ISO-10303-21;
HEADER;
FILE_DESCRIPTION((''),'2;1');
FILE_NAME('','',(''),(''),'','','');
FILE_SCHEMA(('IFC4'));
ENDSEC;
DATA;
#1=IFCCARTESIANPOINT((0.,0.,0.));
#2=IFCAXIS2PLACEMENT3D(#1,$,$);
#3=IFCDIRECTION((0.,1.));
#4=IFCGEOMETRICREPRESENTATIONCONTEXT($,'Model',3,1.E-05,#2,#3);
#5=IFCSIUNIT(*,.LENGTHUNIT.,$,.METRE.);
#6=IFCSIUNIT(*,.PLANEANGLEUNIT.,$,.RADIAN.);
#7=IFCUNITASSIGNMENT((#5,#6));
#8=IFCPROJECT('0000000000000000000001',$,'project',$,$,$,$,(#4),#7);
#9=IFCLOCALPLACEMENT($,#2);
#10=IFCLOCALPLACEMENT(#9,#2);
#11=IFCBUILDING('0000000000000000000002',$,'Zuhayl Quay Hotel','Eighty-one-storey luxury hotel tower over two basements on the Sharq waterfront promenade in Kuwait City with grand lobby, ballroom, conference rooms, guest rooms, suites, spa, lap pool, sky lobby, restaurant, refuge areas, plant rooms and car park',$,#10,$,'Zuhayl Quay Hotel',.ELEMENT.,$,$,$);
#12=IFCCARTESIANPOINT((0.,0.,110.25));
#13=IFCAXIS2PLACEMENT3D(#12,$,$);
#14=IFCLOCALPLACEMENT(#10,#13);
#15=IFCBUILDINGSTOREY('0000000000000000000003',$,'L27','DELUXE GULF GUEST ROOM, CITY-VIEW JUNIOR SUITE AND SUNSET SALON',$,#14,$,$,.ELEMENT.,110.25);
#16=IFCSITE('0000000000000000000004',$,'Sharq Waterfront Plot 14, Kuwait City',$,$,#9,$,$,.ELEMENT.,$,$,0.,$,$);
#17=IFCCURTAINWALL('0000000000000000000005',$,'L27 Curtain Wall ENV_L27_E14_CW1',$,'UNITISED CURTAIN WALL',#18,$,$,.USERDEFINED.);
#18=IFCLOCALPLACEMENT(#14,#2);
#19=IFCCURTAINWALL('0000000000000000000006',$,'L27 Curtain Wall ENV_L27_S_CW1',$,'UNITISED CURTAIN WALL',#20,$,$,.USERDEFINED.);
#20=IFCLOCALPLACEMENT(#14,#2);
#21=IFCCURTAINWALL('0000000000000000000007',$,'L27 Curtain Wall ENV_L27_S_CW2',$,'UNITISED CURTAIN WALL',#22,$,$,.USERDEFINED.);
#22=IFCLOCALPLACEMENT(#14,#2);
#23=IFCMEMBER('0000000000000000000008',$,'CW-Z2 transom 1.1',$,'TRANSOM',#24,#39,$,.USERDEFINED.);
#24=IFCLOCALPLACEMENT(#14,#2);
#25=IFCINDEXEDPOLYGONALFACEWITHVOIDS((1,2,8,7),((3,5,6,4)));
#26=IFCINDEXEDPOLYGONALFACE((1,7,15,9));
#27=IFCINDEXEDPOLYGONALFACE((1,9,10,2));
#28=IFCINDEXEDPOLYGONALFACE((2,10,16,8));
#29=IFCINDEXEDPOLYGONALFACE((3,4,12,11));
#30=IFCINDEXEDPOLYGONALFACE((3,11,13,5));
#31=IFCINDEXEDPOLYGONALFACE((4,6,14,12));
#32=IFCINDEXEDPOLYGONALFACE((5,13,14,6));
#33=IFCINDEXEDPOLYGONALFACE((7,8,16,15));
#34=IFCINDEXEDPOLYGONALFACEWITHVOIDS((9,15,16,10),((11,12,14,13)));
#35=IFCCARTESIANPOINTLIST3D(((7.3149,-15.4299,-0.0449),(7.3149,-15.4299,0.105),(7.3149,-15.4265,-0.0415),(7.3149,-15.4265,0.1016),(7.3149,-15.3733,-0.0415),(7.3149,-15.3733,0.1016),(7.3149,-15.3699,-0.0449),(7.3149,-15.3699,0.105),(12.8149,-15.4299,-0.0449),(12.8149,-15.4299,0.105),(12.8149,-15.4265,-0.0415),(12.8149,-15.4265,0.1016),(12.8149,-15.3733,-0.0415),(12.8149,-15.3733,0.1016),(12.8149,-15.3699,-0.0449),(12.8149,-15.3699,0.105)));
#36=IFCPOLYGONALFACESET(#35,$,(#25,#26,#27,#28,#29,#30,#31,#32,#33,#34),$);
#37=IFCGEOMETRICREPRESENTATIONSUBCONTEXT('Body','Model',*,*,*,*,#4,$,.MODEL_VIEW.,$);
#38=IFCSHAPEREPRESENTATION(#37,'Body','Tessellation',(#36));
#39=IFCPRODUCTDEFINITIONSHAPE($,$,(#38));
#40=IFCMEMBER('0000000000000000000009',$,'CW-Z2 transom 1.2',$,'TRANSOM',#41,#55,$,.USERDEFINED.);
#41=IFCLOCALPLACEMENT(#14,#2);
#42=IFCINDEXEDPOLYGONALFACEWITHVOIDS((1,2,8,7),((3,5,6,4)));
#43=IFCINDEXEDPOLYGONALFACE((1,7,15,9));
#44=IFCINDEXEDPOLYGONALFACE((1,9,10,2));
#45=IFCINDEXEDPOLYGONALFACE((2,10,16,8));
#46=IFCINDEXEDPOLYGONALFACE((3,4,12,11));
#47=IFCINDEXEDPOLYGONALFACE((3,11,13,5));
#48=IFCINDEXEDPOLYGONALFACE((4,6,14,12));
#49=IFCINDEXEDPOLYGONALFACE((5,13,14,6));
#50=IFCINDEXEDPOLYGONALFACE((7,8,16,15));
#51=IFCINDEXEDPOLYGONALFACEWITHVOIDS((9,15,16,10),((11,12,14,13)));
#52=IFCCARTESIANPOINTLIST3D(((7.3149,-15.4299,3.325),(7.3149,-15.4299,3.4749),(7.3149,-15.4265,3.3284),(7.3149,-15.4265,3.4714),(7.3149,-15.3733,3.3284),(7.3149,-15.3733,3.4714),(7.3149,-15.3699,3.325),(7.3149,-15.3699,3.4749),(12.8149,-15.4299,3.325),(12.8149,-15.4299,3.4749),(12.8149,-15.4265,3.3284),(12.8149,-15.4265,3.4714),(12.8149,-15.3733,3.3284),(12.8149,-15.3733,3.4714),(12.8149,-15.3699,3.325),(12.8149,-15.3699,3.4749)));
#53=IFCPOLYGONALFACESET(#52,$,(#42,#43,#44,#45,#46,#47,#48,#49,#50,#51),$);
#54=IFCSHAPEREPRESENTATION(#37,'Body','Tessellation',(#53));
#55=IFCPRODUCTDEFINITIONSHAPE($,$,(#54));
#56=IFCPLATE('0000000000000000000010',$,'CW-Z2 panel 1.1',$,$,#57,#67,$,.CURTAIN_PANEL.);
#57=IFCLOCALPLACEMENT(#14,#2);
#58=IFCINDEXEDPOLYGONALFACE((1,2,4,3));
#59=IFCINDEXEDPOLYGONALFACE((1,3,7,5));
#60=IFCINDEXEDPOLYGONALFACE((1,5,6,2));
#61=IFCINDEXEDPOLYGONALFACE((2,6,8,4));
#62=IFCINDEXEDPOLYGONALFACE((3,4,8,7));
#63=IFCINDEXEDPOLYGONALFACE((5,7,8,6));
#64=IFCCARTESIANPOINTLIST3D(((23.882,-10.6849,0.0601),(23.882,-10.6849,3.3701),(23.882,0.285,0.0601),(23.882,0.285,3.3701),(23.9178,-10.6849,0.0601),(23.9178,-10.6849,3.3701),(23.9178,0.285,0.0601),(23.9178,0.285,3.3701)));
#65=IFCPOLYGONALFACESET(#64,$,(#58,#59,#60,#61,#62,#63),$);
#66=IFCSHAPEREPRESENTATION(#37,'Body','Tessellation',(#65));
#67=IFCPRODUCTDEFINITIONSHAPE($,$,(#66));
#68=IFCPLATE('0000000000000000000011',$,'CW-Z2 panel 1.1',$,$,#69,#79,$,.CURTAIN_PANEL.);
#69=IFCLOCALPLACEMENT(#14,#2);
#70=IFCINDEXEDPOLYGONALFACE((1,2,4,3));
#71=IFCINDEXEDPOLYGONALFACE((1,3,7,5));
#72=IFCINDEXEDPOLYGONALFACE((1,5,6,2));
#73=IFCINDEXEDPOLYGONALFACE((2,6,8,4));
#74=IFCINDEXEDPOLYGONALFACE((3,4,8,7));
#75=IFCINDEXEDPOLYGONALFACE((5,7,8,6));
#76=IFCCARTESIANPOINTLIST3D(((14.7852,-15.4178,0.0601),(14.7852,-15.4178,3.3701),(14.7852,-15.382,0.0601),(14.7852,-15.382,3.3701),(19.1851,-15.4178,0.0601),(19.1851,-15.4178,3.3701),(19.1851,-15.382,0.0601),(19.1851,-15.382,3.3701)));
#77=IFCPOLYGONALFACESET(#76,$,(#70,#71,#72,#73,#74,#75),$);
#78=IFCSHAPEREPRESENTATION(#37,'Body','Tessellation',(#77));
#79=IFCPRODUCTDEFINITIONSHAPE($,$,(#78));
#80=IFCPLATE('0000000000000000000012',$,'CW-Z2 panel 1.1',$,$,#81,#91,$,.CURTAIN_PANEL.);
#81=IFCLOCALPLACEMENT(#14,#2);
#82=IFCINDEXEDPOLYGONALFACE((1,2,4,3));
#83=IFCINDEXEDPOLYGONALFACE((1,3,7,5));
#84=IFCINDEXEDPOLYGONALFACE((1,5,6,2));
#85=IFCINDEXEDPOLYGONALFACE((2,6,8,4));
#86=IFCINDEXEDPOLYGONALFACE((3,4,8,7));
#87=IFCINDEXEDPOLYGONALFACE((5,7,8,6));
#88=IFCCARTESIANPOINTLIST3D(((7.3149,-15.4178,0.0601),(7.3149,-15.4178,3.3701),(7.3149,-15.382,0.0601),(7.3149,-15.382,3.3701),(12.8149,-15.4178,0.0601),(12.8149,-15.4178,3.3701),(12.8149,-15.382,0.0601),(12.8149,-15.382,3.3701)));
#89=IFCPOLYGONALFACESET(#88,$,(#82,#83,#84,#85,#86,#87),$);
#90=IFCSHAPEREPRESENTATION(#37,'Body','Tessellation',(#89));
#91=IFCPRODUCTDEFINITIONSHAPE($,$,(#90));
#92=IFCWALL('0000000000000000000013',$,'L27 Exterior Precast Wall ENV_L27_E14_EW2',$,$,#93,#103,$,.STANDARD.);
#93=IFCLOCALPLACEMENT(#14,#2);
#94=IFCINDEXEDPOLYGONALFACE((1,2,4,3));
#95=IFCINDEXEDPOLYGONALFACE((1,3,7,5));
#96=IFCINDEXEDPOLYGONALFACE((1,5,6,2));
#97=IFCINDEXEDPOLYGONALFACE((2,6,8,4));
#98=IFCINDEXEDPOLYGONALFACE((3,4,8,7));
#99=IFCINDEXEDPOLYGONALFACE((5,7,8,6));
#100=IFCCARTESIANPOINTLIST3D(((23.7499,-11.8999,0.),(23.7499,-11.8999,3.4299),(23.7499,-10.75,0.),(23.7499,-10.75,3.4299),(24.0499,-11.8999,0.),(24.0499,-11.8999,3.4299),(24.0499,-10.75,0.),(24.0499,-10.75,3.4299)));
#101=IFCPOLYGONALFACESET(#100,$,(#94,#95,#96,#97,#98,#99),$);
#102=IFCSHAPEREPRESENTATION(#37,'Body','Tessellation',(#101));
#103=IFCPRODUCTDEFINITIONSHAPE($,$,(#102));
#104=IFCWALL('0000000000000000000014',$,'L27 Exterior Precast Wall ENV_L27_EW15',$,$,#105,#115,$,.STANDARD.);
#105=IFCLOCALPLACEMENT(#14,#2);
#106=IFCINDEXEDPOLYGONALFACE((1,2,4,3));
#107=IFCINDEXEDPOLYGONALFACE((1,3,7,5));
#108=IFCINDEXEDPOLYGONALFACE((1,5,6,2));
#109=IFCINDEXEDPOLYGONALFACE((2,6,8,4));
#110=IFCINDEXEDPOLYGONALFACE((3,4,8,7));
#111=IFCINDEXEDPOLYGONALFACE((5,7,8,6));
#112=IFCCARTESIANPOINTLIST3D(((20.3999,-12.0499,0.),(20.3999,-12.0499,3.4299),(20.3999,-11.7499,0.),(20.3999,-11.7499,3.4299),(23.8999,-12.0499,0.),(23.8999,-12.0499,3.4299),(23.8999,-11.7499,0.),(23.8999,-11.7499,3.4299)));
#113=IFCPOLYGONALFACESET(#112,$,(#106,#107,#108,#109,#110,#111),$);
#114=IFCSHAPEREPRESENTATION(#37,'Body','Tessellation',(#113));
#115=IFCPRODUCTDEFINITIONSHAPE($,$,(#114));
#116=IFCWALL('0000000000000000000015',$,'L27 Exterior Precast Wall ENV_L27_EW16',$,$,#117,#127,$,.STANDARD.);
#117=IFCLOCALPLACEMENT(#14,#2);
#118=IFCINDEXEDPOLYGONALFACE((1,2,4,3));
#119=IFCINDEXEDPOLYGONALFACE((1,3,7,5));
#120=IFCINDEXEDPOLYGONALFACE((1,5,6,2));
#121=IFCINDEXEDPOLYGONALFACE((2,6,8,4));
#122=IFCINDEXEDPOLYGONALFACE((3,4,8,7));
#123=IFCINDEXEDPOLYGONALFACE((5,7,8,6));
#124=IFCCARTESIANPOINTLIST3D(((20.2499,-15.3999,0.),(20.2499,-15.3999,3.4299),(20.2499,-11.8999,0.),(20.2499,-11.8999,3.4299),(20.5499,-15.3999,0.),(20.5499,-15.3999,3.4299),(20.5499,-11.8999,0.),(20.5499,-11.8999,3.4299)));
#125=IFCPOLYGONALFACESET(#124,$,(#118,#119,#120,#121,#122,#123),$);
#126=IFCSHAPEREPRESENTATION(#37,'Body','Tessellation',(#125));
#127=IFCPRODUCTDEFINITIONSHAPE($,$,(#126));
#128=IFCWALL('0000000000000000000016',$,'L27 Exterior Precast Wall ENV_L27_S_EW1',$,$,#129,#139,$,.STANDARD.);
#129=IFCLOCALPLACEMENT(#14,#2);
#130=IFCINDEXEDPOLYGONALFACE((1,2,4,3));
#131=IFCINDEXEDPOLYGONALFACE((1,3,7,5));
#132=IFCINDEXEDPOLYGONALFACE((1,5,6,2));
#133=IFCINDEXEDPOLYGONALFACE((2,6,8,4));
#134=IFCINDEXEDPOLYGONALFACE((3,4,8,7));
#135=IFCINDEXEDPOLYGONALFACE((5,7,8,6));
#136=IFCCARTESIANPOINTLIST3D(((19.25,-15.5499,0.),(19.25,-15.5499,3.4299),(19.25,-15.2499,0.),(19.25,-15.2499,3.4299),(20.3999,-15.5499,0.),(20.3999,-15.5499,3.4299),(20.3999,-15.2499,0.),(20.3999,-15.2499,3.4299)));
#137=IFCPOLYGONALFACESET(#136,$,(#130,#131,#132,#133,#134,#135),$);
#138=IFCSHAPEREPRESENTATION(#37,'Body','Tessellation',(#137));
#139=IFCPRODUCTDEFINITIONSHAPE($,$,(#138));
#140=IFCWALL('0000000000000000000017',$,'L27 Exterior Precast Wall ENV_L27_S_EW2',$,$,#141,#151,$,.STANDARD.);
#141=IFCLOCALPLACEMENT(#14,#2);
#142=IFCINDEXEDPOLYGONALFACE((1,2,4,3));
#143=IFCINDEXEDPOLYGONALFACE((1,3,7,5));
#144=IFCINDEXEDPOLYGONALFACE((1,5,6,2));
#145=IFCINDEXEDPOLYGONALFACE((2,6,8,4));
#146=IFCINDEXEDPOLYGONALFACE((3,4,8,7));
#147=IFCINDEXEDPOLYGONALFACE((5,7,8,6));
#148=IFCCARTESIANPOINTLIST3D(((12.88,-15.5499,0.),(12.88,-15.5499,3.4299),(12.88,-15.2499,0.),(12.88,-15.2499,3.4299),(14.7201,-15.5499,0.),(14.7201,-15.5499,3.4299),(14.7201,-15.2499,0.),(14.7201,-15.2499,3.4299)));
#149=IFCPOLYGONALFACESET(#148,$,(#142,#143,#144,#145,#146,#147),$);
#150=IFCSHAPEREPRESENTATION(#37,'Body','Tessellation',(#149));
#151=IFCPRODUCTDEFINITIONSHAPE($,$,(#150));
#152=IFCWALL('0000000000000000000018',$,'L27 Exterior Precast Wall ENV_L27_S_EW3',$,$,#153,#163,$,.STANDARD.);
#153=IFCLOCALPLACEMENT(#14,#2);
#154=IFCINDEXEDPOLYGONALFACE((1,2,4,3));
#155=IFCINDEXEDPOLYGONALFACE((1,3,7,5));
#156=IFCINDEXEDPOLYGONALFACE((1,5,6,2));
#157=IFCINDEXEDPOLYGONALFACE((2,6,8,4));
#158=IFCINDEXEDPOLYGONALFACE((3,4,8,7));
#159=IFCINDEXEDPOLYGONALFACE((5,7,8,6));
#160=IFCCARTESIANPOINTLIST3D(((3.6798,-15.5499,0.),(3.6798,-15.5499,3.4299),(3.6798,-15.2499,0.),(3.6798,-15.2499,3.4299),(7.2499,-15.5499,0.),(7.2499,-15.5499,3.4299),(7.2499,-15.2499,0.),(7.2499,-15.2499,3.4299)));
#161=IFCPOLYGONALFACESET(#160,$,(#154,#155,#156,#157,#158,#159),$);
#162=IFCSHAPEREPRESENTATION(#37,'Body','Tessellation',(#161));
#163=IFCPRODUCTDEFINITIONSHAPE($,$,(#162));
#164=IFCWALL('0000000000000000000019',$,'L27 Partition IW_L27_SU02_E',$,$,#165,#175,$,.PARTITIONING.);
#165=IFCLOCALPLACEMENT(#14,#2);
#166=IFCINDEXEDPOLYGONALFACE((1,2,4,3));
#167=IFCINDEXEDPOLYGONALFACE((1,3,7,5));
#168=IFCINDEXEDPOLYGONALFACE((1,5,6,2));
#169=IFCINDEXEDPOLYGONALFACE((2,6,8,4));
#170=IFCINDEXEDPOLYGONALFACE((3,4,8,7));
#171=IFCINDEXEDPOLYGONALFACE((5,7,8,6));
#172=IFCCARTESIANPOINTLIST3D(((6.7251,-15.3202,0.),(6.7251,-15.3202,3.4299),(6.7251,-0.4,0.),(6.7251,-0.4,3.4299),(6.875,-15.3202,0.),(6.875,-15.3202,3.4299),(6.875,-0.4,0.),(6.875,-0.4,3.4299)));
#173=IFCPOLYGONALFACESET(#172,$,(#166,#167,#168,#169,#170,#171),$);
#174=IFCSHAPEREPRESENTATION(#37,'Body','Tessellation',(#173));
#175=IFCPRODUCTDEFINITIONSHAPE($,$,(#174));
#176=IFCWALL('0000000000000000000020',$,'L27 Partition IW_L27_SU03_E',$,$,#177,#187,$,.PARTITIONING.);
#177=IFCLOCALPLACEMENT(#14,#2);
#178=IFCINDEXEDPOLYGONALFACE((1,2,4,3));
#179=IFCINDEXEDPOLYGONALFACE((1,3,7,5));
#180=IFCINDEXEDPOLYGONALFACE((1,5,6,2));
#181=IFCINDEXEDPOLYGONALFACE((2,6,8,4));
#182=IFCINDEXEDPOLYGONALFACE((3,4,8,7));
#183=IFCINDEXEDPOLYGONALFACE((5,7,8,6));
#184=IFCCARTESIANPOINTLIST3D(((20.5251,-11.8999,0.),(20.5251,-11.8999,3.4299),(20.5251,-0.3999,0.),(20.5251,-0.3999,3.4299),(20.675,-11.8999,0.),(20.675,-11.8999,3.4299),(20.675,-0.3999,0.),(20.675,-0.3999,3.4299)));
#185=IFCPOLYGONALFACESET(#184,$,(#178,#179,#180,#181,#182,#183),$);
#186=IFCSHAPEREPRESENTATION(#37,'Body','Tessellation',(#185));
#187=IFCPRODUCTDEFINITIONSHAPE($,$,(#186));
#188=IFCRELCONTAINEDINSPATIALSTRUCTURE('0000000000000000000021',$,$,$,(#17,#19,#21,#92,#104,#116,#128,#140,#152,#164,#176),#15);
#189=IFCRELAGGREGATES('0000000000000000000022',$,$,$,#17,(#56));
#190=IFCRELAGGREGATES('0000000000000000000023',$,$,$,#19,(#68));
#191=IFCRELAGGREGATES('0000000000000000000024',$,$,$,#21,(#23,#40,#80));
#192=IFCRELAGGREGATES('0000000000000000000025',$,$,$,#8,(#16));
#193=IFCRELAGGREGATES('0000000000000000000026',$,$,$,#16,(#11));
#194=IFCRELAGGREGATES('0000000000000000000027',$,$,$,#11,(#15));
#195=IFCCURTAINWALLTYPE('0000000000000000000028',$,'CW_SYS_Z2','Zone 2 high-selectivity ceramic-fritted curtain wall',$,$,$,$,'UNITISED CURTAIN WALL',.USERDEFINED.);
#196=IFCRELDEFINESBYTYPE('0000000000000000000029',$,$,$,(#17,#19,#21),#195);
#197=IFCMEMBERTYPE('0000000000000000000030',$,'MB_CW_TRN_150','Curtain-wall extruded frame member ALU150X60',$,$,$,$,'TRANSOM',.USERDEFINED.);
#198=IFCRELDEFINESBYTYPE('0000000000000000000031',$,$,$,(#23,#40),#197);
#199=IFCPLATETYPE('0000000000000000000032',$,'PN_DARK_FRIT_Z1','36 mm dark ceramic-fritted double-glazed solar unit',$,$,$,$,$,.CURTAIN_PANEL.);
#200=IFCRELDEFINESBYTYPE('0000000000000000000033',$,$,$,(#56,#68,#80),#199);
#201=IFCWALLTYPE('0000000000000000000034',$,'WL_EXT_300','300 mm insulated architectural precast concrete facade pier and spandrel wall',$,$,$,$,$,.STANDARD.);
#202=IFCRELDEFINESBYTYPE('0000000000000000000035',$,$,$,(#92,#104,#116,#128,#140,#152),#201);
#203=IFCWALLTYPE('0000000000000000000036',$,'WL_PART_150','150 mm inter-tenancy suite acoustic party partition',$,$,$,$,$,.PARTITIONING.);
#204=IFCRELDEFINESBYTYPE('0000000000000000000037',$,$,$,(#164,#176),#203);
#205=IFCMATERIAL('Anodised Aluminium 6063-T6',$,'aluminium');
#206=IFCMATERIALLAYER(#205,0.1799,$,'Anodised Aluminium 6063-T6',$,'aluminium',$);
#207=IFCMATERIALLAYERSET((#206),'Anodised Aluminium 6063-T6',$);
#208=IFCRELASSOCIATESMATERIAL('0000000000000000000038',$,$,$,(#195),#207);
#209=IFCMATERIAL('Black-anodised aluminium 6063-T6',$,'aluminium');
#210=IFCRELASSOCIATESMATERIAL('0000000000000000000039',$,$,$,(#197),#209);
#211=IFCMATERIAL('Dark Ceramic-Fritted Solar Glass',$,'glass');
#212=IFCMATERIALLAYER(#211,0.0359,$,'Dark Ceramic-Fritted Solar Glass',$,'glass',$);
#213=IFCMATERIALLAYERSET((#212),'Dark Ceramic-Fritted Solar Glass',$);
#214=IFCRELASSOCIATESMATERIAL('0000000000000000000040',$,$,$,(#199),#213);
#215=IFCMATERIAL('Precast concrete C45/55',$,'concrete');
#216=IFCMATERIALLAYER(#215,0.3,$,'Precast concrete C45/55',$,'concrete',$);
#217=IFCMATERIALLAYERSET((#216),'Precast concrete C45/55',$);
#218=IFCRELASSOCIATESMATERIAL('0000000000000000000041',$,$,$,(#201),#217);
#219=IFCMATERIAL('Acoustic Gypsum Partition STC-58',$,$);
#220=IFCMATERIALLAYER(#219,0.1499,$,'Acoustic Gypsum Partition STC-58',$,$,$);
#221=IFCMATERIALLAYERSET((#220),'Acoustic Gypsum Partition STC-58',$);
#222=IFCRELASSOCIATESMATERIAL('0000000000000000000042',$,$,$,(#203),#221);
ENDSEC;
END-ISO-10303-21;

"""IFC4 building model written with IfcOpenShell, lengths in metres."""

from ifc_helpers import new_model, si_unit, direction, frame, frame_2d, origin, origin_2d, place, context, subcontext, project, spatial, rectangle, hollow_rectangle, extrude, material, layer, layer_set, material_profile, profile_set, type_object, element, aggregate, save


model = new_model("IFC4")

# Units and contexts
model_context = context("Model", 3, precision=1e-05, world=origin(), true_north=direction((0.0, 1.0)))
body_context = subcontext(model_context, "Body", "Model", "MODEL_VIEW")
ifc_project = project(units=[si_unit("LENGTHUNIT", "METRE"), si_unit("PLANEANGLEUNIT", "RADIAN")], contexts=[model_context])

# Site, building, storey
site_placement = place(None, origin())
site = spatial("IfcSite", under=ifc_project, at=site_placement, Name="Sharq Waterfront Plot 14, Kuwait City", CompositionType="ELEMENT", RefElevation=0.0)
building_placement = place(site_placement, origin())
building = spatial("IfcBuilding", under=site, at=building_placement, Name="Zuhayl Quay Hotel", Description="Eighty-one-storey luxury hotel tower over two basements on the Sharq waterfront promenade in Kuwait City with grand lobby, ballroom, conference rooms, guest rooms, suites, spa, lap pool, sky lobby, restaurant, refuge areas, plant rooms and car park", LongName="Zuhayl Quay Hotel", CompositionType="ELEMENT")
storey_placement = place(building_placement, frame((0.0, 0.0, 110.25)))
storey = spatial("IfcBuildingStorey", under=building, at=storey_placement, Name="L27", Description="DELUXE GULF GUEST ROOM, CITY-VIEW JUNIOR SUITE AND SUNSET SALON", CompositionType="ELEMENT", Elevation=110.25)

# Curtain wall
ifc_material_1 = material(Name="Anodised Aluminium 6063-T6", Category="aluminium")
ifc_layer_1 = layer(ifc_material_1, 0.1799, Name="Anodised Aluminium 6063-T6", Category="aluminium")
ifc_layer_set_1 = layer_set([ifc_layer_1], Name="Anodised Aluminium 6063-T6")
curtain_wall_type = type_object("IfcCurtainWallType", Name="CW_SYS_Z2", Description="Zone 2 high-selectivity ceramic-fritted curtain wall", ElementType="UNITISED CURTAIN WALL", PredefinedType="USERDEFINED", material=ifc_layer_set_1)
curtain_wall_1_placement = place(storey_placement, origin())
curtain_wall_1 = element("IfcCurtainWall", 1, at=curtain_wall_1_placement, inside=storey, type_object=curtain_wall_type, Name="L27 Curtain Wall ENV_L27_E14_CW1", ObjectType="UNITISED CURTAIN WALL", PredefinedType="USERDEFINED")
ifc_material_2 = material(Name="Black-anodised aluminium 6063-T6", Category="aluminium")

# Curtain walls
curtain_wall_2_placement = place(storey_placement, origin())
curtain_wall_2 = element("IfcCurtainWall", 2, at=curtain_wall_2_placement, inside=storey, type_object=curtain_wall_type, Name="L27 Curtain Wall ENV_L27_S_CW1", ObjectType="UNITISED CURTAIN WALL", PredefinedType="USERDEFINED")
curtain_wall_3_placement = place(storey_placement, origin())
curtain_wall_3 = element("IfcCurtainWall", 3, at=curtain_wall_3_placement, inside=storey, type_object=curtain_wall_type, Name="L27 Curtain Wall ENV_L27_S_CW2", ObjectType="UNITISED CURTAIN WALL", PredefinedType="USERDEFINED")

# Members
ifc_material_profile_1 = material_profile(ifc_material_2, hollow_rectangle(XDim=0.0601, YDim=0.1499, WallThickness=0.0034, at=origin_2d()), Name="ALU150X60")
ifc_profile_set_1 = profile_set([ifc_material_profile_1], Name="Black-anodised aluminium 6063-T6")
member_type_1 = type_object("IfcMemberType", Name="MB_CW_TRN_150", Description="Curtain-wall extruded frame member ALU150X60", ElementType="TRANSOM", PredefinedType="USERDEFINED", material=ifc_profile_set_1)
member_1_placement = place(storey_placement, frame((12.8149, -15.3999, 0.03), z_axis=(-1.0, 0.0, 0.0), x_axis=(0.0, -1.0, 0.0)))
member_1 = element("IfcMember", 4, at=member_1_placement, type_object=member_type_1, Name="CW-Z2 transom 1.1", ObjectType="TRANSOM", PredefinedType="USERDEFINED", context=body_context, shape_type="SweptSolid", body=[
    extrude(hollow_rectangle(XDim=0.0601, YDim=0.1499, WallThickness=0.0034, at=origin_2d()), origin(), (0.0, 0.0, 1.0), 5.5),
])
member_2_placement = place(storey_placement, frame((12.8149, -15.3999, 3.3999), z_axis=(-1.0, 0.0, 0.0), x_axis=(0.0, -1.0, 0.0)))
member_2 = element("IfcMember", 5, at=member_2_placement, type_object=member_type_1, Name="CW-Z2 transom 1.2", ObjectType="TRANSOM", PredefinedType="USERDEFINED", context=body_context, shape_type="SweptSolid", body=[
    extrude(hollow_rectangle(XDim=0.0601, YDim=0.1499, WallThickness=0.0034, at=origin_2d()), origin(), (0.0, 0.0, 1.0), 5.5),
])

# Plates
ifc_material_3 = material(Name="Dark Ceramic-Fritted Solar Glass", Category="glass")
ifc_layer_2 = layer(ifc_material_3, 0.0359, Name="Dark Ceramic-Fritted Solar Glass", Category="glass")
ifc_layer_set_2 = layer_set([ifc_layer_2], Name="Dark Ceramic-Fritted Solar Glass")
plate_type = type_object("IfcPlateType", Name="PN_DARK_FRIT_Z1", Description="36 mm dark ceramic-fritted double-glazed solar unit", PredefinedType="CURTAIN_PANEL", material=ifc_layer_set_2)
plate_1_placement = place(storey_placement, frame((23.8999, -5.2, 0.0601), z_axis=(0.0, 0.0, 1.0), x_axis=(0.0, -1.0, 0.0)))
plate_1 = element("IfcPlate", 6, at=plate_1_placement, type_object=plate_type, Name="CW-Z2 panel 1.1", PredefinedType="CURTAIN_PANEL", context=body_context, shape_type="SweptSolid", body=[
    extrude(rectangle(XDim=10.97, YDim=0.0359, at=origin_2d()), origin(), (0.0, 0.0, 1.0), 3.3101),
])
aggregate(curtain_wall_1, [plate_1])
plate_2_placement = place(storey_placement, frame((16.9851, -15.3999, 0.0601), z_axis=(0.0, 0.0, 1.0), x_axis=(-1.0, 0.0, 0.0)))
plate_2 = element("IfcPlate", 7, at=plate_2_placement, type_object=plate_type, Name="CW-Z2 panel 1.1", PredefinedType="CURTAIN_PANEL", context=body_context, shape_type="SweptSolid", body=[
    extrude(rectangle(XDim=4.3999, YDim=0.0359, at=origin_2d()), origin(), (0.0, 0.0, 1.0), 3.3101),
])
aggregate(curtain_wall_2, [plate_2])
plate_3_placement = place(storey_placement, frame((10.0649, -15.3999, 0.0601), z_axis=(0.0, 0.0, 1.0), x_axis=(-1.0, 0.0, 0.0)))
plate_3 = element("IfcPlate", 8, at=plate_3_placement, type_object=plate_type, Name="CW-Z2 panel 1.1", PredefinedType="CURTAIN_PANEL", context=body_context, shape_type="SweptSolid", body=[
    extrude(rectangle(XDim=5.5, YDim=0.0359, at=origin_2d()), origin(), (0.0, 0.0, 1.0), 3.3101),
])
aggregate(curtain_wall_3, [member_1, member_2, plate_3])

# Walls
ifc_material_4 = material(Name="Precast concrete C45/55", Category="concrete")
ifc_layer_3 = layer(ifc_material_4, 0.3, Name="Precast concrete C45/55", Category="concrete")
ifc_layer_set_3 = layer_set([ifc_layer_3], Name="Precast concrete C45/55")
wall_type_1 = type_object("IfcWallType", Name="WL_EXT_300", Description="300 mm insulated architectural precast concrete facade pier and spandrel wall", PredefinedType="STANDARD", material=ifc_layer_set_3)
wall_1_placement = place(storey_placement, frame((23.8999, -10.75, 0.0), z_axis=(0.0, 0.0, 1.0), x_axis=(0.0, -1.0, 0.0)))
element("IfcWall", 9, at=wall_1_placement, inside=storey, type_object=wall_type_1, Name="L27 Exterior Precast Wall ENV_L27_E14_EW2", PredefinedType="STANDARD", context=body_context, shape_type="SweptSolid", body=[
    extrude(rectangle(XDim=1.1499, YDim=0.3, at=frame_2d((0.575, 0.0))), origin(), (0.0, 0.0, 1.0), 3.4299),
])
for number, where, z_axis, x_axis, name in (
    (10, (23.8999, -11.8999, 0.0), (0.0, 0.0, 1.0), (-1.0, 0.0, 0.0), "L27 Exterior Precast Wall ENV_L27_EW15"),
    (11, (20.3999, -11.8999, 0.0), (0.0, 0.0, 1.0), (0.0, -1.0, 0.0), "L27 Exterior Precast Wall ENV_L27_EW16"),
):
    element("IfcWall", number, at=place(storey_placement, frame(where, z_axis=z_axis, x_axis=x_axis)), inside=storey, type_object=wall_type_1, Name=name, PredefinedType="STANDARD", context=body_context, shape_type="SweptSolid", body=[
        extrude(rectangle(XDim=3.5, YDim=0.3, at=frame_2d((1.75, 0.0))), origin(), (0.0, 0.0, 1.0), 3.4299),
    ])
wall_2_placement = place(storey_placement, frame((20.3999, -15.3999, 0.0), z_axis=(0.0, 0.0, 1.0), x_axis=(-1.0, 0.0, 0.0)))
element("IfcWall", 12, at=wall_2_placement, inside=storey, type_object=wall_type_1, Name="L27 Exterior Precast Wall ENV_L27_S_EW1", PredefinedType="STANDARD", context=body_context, shape_type="SweptSolid", body=[
    extrude(rectangle(XDim=1.1499, YDim=0.3, at=frame_2d((0.575, 0.0))), origin(), (0.0, 0.0, 1.0), 3.4299),
])
wall_3_placement = place(storey_placement, frame((14.72, -15.3999, 0.0), z_axis=(0.0, 0.0, 1.0), x_axis=(-1.0, 0.0, 0.0)))
element("IfcWall", 13, at=wall_3_placement, inside=storey, type_object=wall_type_1, Name="L27 Exterior Precast Wall ENV_L27_S_EW2", PredefinedType="STANDARD", context=body_context, shape_type="SweptSolid", body=[
    extrude(rectangle(XDim=1.8401, YDim=0.3, at=frame_2d((0.9199, 0.0))), origin(), (0.0, 0.0, 1.0), 3.4299),
])
wall_4_placement = place(storey_placement, frame((7.25, -15.3999, 0.0), z_axis=(0.0, 0.0, 1.0), x_axis=(-1.0, 0.0, 0.0)))
element("IfcWall", 14, at=wall_4_placement, inside=storey, type_object=wall_type_1, Name="L27 Exterior Precast Wall ENV_L27_S_EW3", PredefinedType="STANDARD", context=body_context, shape_type="SweptSolid", body=[
    extrude(rectangle(XDim=3.5701, YDim=0.3, at=frame_2d((1.7852, 0.0))), origin(), (0.0, 0.0, 1.0), 3.4299),
])
ifc_material_5 = material(Name="Acoustic Gypsum Partition STC-58")
ifc_layer_4 = layer(ifc_material_5, 0.1499, Name="Acoustic Gypsum Partition STC-58")
ifc_layer_set_4 = layer_set([ifc_layer_4], Name="Acoustic Gypsum Partition STC-58")
wall_type_2 = type_object("IfcWallType", Name="WL_PART_150", Description="150 mm inter-tenancy suite acoustic party partition", PredefinedType="PARTITIONING", material=ifc_layer_set_4)
wall_5_placement = place(storey_placement, frame((6.8, -15.3201, 0.0), z_axis=(0.0, 0.0, 1.0), x_axis=(0.0, 1.0, 0.0)))
element("IfcWall", 15, at=wall_5_placement, inside=storey, type_object=wall_type_2, Name="L27 Partition IW_L27_SU02_E", PredefinedType="PARTITIONING", context=body_context, shape_type="SweptSolid", body=[
    extrude(rectangle(XDim=14.9202, YDim=0.1499, at=frame_2d((7.46, 0.0))), origin(), (0.0, 0.0, 1.0), 3.4299),
])
wall_6_placement = place(storey_placement, frame((20.6001, -11.8999, 0.0), z_axis=(0.0, 0.0, 1.0), x_axis=(0.0, 1.0, 0.0)))
element("IfcWall", 16, at=wall_6_placement, inside=storey, type_object=wall_type_2, Name="L27 Partition IW_L27_SU03_E", PredefinedType="PARTITIONING", context=body_context, shape_type="SweptSolid", body=[
    extrude(rectangle(XDim=11.5, YDim=0.1499, at=frame_2d((5.75, 0.0))), origin(), (0.0, 0.0, 1.0), 3.4299),
])

save(model, "model.ifc")
